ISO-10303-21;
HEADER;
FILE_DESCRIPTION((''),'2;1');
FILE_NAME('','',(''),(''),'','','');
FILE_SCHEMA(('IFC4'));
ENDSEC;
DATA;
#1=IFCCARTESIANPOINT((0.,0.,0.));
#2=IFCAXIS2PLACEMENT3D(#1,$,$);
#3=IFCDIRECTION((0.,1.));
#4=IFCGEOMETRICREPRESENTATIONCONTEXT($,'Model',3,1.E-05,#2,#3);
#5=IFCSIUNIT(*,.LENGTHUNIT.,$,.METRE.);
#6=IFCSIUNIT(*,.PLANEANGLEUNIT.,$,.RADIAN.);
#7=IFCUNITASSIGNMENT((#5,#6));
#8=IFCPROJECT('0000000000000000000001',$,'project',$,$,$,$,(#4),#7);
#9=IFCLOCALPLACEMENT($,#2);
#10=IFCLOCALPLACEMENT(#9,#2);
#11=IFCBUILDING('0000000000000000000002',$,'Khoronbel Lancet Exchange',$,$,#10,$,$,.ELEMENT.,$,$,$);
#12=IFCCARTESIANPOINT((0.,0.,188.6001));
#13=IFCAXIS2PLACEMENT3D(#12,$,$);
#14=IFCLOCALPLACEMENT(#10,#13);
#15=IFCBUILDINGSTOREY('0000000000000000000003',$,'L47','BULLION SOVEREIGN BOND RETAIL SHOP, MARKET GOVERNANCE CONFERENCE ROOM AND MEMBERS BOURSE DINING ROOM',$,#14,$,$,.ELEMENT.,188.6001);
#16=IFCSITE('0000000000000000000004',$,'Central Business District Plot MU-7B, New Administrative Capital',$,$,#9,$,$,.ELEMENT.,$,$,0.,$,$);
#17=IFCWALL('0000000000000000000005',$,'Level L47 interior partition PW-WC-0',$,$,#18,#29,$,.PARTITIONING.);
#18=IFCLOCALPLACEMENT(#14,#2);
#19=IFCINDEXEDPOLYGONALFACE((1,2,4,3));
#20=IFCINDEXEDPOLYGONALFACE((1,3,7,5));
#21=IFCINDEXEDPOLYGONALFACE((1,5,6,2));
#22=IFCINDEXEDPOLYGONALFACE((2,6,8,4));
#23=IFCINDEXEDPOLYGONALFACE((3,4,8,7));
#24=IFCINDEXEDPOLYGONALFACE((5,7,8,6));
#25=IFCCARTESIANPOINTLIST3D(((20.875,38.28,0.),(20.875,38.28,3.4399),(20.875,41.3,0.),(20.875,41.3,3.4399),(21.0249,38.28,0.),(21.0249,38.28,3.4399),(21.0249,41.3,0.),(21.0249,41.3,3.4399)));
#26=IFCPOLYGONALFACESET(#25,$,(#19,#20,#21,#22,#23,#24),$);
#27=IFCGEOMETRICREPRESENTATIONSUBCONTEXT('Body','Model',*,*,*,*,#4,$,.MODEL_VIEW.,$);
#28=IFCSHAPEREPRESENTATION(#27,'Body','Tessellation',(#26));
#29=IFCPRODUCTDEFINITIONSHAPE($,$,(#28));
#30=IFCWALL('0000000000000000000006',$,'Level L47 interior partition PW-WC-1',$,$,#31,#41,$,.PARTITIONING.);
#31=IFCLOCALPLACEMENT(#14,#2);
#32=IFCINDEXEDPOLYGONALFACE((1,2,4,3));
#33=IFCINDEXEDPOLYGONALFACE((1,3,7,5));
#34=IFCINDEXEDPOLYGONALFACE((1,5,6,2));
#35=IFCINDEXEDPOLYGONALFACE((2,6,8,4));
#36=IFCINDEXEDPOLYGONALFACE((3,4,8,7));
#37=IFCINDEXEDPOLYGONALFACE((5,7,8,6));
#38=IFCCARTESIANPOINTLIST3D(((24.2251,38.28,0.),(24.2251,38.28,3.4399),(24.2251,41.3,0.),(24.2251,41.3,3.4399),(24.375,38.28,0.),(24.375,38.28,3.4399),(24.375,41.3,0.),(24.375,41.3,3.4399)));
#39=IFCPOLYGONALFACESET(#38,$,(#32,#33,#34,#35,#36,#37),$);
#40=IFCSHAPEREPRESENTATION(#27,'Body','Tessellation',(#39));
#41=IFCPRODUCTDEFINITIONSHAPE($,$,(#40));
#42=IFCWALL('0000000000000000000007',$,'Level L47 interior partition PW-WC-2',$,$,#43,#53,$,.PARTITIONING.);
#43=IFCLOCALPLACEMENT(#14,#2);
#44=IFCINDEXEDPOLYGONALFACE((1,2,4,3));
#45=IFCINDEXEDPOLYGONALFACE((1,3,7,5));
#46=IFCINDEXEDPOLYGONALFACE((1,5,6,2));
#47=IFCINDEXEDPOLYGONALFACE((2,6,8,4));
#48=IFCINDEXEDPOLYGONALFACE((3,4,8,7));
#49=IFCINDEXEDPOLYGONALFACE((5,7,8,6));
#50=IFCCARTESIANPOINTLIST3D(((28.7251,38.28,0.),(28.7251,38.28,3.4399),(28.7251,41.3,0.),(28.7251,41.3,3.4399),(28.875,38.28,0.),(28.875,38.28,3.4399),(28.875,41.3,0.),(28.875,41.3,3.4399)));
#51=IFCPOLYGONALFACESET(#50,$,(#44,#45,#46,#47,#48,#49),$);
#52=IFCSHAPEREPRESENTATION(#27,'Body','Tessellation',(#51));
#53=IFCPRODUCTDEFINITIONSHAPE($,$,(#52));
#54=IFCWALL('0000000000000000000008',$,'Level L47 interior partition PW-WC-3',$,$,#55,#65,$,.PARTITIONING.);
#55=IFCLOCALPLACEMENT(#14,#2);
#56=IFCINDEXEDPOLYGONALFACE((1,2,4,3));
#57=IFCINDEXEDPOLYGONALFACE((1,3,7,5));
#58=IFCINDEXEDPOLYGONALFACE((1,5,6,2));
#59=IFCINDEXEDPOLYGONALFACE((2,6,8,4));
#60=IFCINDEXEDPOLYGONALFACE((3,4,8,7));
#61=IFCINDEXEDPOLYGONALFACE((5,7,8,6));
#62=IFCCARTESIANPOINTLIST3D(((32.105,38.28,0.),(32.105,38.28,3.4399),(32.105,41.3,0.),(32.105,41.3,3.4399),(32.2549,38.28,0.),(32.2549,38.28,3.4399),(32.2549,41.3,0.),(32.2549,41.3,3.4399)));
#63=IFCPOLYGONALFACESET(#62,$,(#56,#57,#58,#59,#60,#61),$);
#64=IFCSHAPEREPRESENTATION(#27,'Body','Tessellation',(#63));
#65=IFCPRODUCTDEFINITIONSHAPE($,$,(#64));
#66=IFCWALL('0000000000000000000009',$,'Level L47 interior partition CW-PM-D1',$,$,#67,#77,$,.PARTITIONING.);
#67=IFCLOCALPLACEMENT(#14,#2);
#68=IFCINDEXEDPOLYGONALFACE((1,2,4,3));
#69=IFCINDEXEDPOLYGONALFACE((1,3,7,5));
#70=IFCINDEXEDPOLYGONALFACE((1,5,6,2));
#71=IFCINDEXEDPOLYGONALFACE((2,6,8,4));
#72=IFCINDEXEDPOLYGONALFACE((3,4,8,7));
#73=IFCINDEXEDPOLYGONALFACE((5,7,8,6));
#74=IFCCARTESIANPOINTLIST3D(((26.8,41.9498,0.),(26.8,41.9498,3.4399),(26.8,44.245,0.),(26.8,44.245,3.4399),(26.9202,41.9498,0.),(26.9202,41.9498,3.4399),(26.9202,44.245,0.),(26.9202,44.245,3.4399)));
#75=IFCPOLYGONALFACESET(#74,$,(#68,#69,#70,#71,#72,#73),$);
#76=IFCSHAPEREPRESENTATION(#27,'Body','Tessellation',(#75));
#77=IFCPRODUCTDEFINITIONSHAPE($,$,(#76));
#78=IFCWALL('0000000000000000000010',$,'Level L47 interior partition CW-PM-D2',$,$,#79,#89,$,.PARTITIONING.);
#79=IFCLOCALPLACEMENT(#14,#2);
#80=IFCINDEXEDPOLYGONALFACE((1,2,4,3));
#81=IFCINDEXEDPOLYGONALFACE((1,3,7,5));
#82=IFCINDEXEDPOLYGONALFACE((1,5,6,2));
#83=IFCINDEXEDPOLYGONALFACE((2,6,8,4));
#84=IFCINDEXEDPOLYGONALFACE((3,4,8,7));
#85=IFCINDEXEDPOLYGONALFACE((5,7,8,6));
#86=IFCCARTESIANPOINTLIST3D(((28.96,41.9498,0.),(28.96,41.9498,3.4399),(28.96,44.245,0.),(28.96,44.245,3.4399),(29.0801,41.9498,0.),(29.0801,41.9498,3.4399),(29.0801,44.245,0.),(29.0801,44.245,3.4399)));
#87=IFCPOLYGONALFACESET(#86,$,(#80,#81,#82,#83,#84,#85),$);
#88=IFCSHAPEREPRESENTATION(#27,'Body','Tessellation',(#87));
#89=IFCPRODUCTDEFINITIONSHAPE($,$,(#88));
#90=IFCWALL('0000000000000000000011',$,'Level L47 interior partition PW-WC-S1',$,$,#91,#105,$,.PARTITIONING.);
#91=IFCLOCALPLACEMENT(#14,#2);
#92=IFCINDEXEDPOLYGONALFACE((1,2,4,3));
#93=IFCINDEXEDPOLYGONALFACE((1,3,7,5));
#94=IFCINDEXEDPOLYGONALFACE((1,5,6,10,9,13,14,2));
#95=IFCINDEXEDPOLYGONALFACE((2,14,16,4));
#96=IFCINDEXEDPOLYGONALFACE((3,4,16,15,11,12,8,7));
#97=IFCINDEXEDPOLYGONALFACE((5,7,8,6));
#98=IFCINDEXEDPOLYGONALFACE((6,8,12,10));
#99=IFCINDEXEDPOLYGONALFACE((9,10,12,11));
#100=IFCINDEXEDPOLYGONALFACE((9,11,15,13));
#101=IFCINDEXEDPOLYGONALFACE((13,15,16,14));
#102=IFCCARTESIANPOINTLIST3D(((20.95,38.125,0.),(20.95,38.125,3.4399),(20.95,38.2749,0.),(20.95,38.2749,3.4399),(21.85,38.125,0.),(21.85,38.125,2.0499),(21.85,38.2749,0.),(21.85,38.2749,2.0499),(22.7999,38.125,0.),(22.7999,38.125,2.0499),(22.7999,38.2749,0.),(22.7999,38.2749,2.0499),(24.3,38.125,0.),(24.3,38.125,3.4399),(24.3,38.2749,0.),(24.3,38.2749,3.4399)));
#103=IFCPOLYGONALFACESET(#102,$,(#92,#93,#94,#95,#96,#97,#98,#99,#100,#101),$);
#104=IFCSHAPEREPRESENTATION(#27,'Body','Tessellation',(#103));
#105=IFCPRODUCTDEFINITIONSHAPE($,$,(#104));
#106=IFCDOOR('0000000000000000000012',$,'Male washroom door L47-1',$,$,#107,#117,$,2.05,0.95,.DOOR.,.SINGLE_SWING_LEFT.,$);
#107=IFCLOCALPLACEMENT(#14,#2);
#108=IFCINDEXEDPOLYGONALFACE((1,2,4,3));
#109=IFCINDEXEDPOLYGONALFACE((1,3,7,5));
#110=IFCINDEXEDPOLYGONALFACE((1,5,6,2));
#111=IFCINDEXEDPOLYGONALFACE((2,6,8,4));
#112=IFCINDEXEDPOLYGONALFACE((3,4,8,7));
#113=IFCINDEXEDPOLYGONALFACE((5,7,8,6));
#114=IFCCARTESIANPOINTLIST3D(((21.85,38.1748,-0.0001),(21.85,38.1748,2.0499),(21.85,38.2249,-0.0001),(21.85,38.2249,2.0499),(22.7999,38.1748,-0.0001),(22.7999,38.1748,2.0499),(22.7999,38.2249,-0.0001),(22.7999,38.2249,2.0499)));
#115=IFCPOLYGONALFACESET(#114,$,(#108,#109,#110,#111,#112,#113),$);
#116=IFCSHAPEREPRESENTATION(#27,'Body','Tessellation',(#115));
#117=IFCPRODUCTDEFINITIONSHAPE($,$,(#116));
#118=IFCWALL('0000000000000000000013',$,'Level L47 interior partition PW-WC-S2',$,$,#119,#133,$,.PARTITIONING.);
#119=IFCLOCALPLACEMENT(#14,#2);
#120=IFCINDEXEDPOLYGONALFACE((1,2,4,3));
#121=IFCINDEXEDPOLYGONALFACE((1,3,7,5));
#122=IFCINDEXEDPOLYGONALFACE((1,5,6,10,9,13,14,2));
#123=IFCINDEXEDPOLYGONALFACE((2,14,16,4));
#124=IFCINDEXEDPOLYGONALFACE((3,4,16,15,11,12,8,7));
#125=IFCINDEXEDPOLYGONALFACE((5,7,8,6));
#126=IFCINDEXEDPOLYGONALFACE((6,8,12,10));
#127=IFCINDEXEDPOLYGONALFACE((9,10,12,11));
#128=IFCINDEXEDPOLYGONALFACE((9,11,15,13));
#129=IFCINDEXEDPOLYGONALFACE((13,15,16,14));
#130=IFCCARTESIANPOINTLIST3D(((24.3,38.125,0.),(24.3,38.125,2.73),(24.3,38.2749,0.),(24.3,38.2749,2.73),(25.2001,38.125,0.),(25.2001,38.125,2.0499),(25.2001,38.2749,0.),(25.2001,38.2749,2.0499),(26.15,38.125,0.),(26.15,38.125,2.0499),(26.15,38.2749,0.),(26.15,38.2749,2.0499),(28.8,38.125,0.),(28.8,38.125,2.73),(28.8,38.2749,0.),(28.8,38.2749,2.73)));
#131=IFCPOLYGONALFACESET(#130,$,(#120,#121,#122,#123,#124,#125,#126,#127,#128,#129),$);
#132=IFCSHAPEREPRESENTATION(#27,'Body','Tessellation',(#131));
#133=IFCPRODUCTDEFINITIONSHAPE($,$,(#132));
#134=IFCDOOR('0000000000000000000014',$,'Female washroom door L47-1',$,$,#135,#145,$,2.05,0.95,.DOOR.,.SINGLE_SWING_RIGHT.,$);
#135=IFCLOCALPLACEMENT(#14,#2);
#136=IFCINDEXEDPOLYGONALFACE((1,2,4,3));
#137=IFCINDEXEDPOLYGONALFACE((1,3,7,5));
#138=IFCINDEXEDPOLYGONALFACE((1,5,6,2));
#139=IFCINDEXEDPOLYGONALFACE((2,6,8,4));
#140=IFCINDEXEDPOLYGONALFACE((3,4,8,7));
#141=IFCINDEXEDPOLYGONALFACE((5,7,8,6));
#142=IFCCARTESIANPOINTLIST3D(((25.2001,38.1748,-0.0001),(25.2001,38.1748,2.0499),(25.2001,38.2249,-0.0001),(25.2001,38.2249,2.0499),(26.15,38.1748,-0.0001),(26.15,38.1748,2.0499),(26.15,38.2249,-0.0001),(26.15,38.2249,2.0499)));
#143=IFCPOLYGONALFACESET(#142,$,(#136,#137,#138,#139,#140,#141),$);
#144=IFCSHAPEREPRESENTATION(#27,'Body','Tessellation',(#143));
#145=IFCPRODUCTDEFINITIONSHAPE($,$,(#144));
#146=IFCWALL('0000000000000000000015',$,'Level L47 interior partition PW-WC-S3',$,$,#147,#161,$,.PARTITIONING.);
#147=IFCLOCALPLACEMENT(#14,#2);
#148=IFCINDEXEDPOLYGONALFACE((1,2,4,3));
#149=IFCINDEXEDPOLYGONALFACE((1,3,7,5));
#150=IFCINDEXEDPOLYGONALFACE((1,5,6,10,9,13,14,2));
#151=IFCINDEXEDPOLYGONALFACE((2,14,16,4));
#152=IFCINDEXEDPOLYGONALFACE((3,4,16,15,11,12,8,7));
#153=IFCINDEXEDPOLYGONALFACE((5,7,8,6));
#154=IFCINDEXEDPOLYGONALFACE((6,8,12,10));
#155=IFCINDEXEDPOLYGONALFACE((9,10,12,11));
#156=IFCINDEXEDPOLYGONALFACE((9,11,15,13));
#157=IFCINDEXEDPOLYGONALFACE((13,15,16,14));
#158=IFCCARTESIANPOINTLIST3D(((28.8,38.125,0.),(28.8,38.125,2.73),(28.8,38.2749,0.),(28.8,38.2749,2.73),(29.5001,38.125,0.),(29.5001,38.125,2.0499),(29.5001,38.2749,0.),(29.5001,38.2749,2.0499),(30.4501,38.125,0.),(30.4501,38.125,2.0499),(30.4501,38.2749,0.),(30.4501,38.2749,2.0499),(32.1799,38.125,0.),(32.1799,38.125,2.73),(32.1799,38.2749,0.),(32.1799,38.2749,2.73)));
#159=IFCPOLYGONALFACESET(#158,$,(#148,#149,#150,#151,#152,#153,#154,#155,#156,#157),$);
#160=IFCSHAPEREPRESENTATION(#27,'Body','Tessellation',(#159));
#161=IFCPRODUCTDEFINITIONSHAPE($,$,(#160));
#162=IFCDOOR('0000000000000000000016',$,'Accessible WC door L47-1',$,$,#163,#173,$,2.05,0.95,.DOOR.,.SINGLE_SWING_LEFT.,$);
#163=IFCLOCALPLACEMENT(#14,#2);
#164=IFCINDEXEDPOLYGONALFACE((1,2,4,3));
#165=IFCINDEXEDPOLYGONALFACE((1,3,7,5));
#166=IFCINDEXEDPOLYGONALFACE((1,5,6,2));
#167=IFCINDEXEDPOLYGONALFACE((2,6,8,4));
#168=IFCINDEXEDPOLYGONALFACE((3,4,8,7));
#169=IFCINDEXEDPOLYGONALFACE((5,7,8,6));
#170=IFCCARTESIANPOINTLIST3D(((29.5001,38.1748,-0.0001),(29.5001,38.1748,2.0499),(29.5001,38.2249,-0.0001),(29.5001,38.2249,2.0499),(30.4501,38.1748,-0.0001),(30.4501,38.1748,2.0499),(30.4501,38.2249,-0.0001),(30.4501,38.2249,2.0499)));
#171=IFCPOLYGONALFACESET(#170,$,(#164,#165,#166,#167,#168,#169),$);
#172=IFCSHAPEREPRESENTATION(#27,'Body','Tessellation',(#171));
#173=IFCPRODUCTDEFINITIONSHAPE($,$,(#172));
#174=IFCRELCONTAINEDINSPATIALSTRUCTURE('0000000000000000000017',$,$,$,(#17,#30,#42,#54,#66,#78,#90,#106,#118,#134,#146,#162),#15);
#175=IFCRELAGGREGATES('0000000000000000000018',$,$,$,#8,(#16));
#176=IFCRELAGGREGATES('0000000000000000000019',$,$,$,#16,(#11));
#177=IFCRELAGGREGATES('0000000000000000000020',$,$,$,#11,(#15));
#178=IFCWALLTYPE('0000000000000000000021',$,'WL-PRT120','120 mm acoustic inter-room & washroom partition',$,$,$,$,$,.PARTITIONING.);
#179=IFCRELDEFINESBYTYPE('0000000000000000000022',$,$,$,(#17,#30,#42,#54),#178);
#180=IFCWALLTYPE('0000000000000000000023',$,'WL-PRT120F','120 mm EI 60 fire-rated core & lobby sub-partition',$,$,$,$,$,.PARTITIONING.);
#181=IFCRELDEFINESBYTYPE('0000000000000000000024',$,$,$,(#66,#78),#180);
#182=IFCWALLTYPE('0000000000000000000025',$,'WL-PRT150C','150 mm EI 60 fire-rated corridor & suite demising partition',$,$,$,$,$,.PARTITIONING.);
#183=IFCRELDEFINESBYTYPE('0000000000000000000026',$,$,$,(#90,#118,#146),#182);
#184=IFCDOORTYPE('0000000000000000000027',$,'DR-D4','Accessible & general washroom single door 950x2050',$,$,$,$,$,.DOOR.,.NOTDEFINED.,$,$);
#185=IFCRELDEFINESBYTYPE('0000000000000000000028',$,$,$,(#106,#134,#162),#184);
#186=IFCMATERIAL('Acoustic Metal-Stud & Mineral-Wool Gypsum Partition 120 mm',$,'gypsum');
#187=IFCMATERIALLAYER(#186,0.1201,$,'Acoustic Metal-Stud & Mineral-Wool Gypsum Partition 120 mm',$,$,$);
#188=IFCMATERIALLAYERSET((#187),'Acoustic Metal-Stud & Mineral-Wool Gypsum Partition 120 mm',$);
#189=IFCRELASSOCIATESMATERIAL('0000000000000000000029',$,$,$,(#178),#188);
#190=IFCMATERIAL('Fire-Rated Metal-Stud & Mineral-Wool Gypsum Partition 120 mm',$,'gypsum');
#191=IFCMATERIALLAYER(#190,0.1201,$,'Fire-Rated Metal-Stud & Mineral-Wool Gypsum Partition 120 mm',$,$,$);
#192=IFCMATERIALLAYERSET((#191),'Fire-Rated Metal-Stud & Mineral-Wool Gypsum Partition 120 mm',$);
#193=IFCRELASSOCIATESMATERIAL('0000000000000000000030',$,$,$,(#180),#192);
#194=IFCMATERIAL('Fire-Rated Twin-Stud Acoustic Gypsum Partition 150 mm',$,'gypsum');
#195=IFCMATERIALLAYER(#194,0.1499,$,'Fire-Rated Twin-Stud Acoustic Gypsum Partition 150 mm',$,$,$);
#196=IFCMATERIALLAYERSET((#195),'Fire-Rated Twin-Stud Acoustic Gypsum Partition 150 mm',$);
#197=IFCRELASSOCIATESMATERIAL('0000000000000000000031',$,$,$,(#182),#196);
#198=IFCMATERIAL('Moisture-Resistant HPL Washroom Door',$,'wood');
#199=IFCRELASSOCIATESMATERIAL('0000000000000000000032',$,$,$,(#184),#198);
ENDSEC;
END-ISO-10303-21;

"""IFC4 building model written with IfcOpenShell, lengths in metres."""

from ifc_helpers import new_model, si_unit, direction, frame, frame_2d, origin, place, context, subcontext, project, spatial, rectangle, extrude, material, layer, layer_set, type_object, element, fill, save


model = new_model("IFC4")

# Units and contexts
model_context = context("Model", 3, precision=1e-05, world=origin(), true_north=direction((0.0, 1.0)))
body_context = subcontext(model_context, "Body", "Model", "MODEL_VIEW")
ifc_project = project(units=[si_unit("LENGTHUNIT", "METRE"), si_unit("PLANEANGLEUNIT", "RADIAN")], contexts=[model_context])

# Site, building, storey
site_placement = place(None, origin())
site = spatial("IfcSite", under=ifc_project, at=site_placement, Name="Central Business District Plot MU-7B, New Administrative Capital", CompositionType="ELEMENT", RefElevation=0.0)
building_placement = place(site_placement, origin())
building = spatial("IfcBuilding", under=site, at=building_placement, Name="Khoronbel Lancet Exchange", CompositionType="ELEMENT")
storey_placement = place(building_placement, frame((0.0, 0.0, 188.6001)))
storey = spatial("IfcBuildingStorey", under=building, at=storey_placement, Name="L47", Description="BULLION SOVEREIGN BOND RETAIL SHOP, MARKET GOVERNANCE CONFERENCE ROOM AND MEMBERS BOURSE DINING ROOM", CompositionType="ELEMENT", Elevation=188.6001)

# Walls
ifc_material_1 = material(Name="Acoustic Metal-Stud & Mineral-Wool Gypsum Partition 120 mm", Category="gypsum")
ifc_layer_1 = layer(ifc_material_1, 0.1201, Name="Acoustic Metal-Stud & Mineral-Wool Gypsum Partition 120 mm")
ifc_layer_set_1 = layer_set([ifc_layer_1], Name="Acoustic Metal-Stud & Mineral-Wool Gypsum Partition 120 mm")
wall_type_1 = type_object("IfcWallType", Name="WL-PRT120", Description="120 mm acoustic inter-room & washroom partition", PredefinedType="PARTITIONING", material=ifc_layer_set_1)
for number, where, z_axis, x_axis, name in (
    (1, (20.95, 38.28, 0.0), (0.0, 0.0, 1.0), (0.0, 1.0, 0.0), "Level L47 interior partition PW-WC-0"),
    (2, (24.3, 38.28, 0.0), (0.0, 0.0, 1.0), (0.0, 1.0, 0.0), "Level L47 interior partition PW-WC-1"),
    (3, (28.8, 38.28, 0.0), (0.0, 0.0, 1.0), (0.0, 1.0, 0.0), "Level L47 interior partition PW-WC-2"),
    (4, (32.1799, 38.28, 0.0), (0.0, 0.0, 1.0), (0.0, 1.0, 0.0), "Level L47 interior partition PW-WC-3"),
):
    element("IfcWall", number, at=place(storey_placement, frame(where, z_axis=z_axis, x_axis=x_axis)), inside=storey, type_object=wall_type_1, Name=name, PredefinedType="PARTITIONING", context=body_context, shape_type="SweptSolid", body=[
        extrude(rectangle(XDim=3.02, YDim=0.1499, at=frame_2d((1.51, 0.0))), origin(), (0.0, 0.0, 1.0), 3.4399),
    ])
ifc_material_2 = material(Name="Fire-Rated Metal-Stud & Mineral-Wool Gypsum Partition 120 mm", Category="gypsum")
ifc_layer_2 = layer(ifc_material_2, 0.1201, Name="Fire-Rated Metal-Stud & Mineral-Wool Gypsum Partition 120 mm")
ifc_layer_set_2 = layer_set([ifc_layer_2], Name="Fire-Rated Metal-Stud & Mineral-Wool Gypsum Partition 120 mm")
wall_type_2 = type_object("IfcWallType", Name="WL-PRT120F", Description="120 mm EI 60 fire-rated core & lobby sub-partition", PredefinedType="PARTITIONING", material=ifc_layer_set_2)
for number, where, z_axis, x_axis, name in (
    (5, (26.8601, 41.95, 0.0), (0.0, 0.0, 1.0), (0.0, 1.0, 0.0), "Level L47 interior partition CW-PM-D1"),
    (6, (29.02, 41.95, 0.0), (0.0, 0.0, 1.0), (0.0, 1.0, 0.0), "Level L47 interior partition CW-PM-D2"),
):
    element("IfcWall", number, at=place(storey_placement, frame(where, z_axis=z_axis, x_axis=x_axis)), inside=storey, type_object=wall_type_2, Name=name, PredefinedType="PARTITIONING", context=body_context, shape_type="SweptSolid", body=[
        extrude(rectangle(XDim=2.2952, YDim=0.1201, at=frame_2d((1.1475, 0.0))), origin(), (0.0, 0.0, 1.0), 3.4399),
    ])

# Walls, openings, doors
ifc_material_3 = material(Name="Fire-Rated Twin-Stud Acoustic Gypsum Partition 150 mm", Category="gypsum")
ifc_layer_3 = layer(ifc_material_3, 0.1499, Name="Fire-Rated Twin-Stud Acoustic Gypsum Partition 150 mm")
ifc_layer_set_3 = layer_set([ifc_layer_3], Name="Fire-Rated Twin-Stud Acoustic Gypsum Partition 150 mm")
wall_type_3 = type_object("IfcWallType", Name="WL-PRT150C", Description="150 mm EI 60 fire-rated corridor & suite demising partition", PredefinedType="PARTITIONING", material=ifc_layer_set_3)
wall_1_placement = place(storey_placement, frame((20.95, 38.2, 0.0), z_axis=(0.0, 0.0, 1.0), x_axis=(1.0, 0.0, 0.0)))
wall_1 = element("IfcWall", 7, at=wall_1_placement, inside=storey, type_object=wall_type_3, Name="Level L47 interior partition PW-WC-S1", PredefinedType="PARTITIONING", context=body_context, shape_type="SweptSolid", body=[
    extrude(rectangle(XDim=3.3501, YDim=0.1499, at=frame_2d((1.675, 0.0))), origin(), (0.0, 0.0, 1.0), 3.4399),
])
opening_1_placement = place(wall_1_placement, frame((0.8999, 0.0, 0.0)))
opening_1 = element("IfcOpeningElement", 8, at=opening_1_placement, cuts=wall_1, PredefinedType="OPENING", context=body_context, shape_type="SweptSolid", body=[
    extrude(rectangle(XDim=0.95, YDim=2.05, at=frame_2d((0.4751, 1.0249))), frame((0.0, 0.085, 0.0), z_axis=(0.0, -1.0, 0.0), x_axis=(1.0, 0.0, 0.0)), (0.0, 0.0, 1.0), 0.1699),
])
ifc_material_4 = material(Name="Moisture-Resistant HPL Washroom Door", Category="wood")
door_type_1 = type_object("IfcDoorType", Name="DR-D4", Description="Accessible & general washroom single door 950x2050", OperationType="NOTDEFINED", PredefinedType="DOOR", material=ifc_material_4)
door_1_placement = place(opening_1_placement, origin())
door_1 = element("IfcDoor", 9, at=door_1_placement, inside=storey, type_object=door_type_1, Name="Male washroom door L47-1", OperationType="SINGLE_SWING_LEFT", OverallHeight=2.05, OverallWidth=0.95, PredefinedType="DOOR", context=body_context, shape_type="SweptSolid", body=[
    extrude(rectangle(XDim=0.95, YDim=2.05, at=frame_2d((0.4751, 1.0249))), frame((0.0, 0.0249, 0.0), z_axis=(0.0, -1.0, 0.0), x_axis=(1.0, 0.0, 0.0)), (0.0, 0.0, 1.0), 0.05),
])
fill(opening_1, door_1)
wall_2_placement = place(storey_placement, frame((24.3, 38.2, 0.0), z_axis=(0.0, 0.0, 1.0), x_axis=(1.0, 0.0, 0.0)))
wall_2 = element("IfcWall", 10, at=wall_2_placement, inside=storey, type_object=wall_type_3, Name="Level L47 interior partition PW-WC-S2", PredefinedType="PARTITIONING", context=body_context, shape_type="SweptSolid", body=[
    extrude(rectangle(XDim=4.5, YDim=0.1499, at=frame_2d((2.25, 0.0))), origin(), (0.0, 0.0, 1.0), 2.73),
])
opening_2_placement = place(wall_2_placement, frame((0.8999, 0.0, 0.0)))
opening_2 = element("IfcOpeningElement", 11, at=opening_2_placement, cuts=wall_2, PredefinedType="OPENING", context=body_context, shape_type="SweptSolid", body=[
    extrude(rectangle(XDim=0.95, YDim=2.05, at=frame_2d((0.4751, 1.0249))), frame((0.0, 0.085, 0.0), z_axis=(0.0, -1.0, 0.0), x_axis=(1.0, 0.0, 0.0)), (0.0, 0.0, 1.0), 0.1699),
])
door_2_placement = place(opening_2_placement, origin())
door_2 = element("IfcDoor", 12, at=door_2_placement, inside=storey, type_object=door_type_1, Name="Female washroom door L47-1", OperationType="SINGLE_SWING_RIGHT", OverallHeight=2.05, OverallWidth=0.95, PredefinedType="DOOR", context=body_context, shape_type="SweptSolid", body=[
    extrude(rectangle(XDim=0.95, YDim=2.05, at=frame_2d((0.4751, 1.0249))), frame((0.0, 0.0249, 0.0), z_axis=(0.0, -1.0, 0.0), x_axis=(1.0, 0.0, 0.0)), (0.0, 0.0, 1.0), 0.05),
])
fill(opening_2, door_2)
wall_3_placement = place(storey_placement, frame((28.8, 38.2, 0.0), z_axis=(0.0, 0.0, 1.0), x_axis=(1.0, 0.0, 0.0)))
wall_3 = element("IfcWall", 13, at=wall_3_placement, inside=storey, type_object=wall_type_3, Name="Level L47 interior partition PW-WC-S3", PredefinedType="PARTITIONING", context=body_context, shape_type="SweptSolid", body=[
    extrude(rectangle(XDim=3.3799, YDim=0.1499, at=frame_2d((1.6899, 0.0))), origin(), (0.0, 0.0, 1.0), 2.73),
])
opening_3_placement = place(wall_3_placement, frame((0.7, 0.0, 0.0)))
opening_3 = element("IfcOpeningElement", 14, at=opening_3_placement, cuts=wall_3, PredefinedType="OPENING", context=body_context, shape_type="SweptSolid", body=[
    extrude(rectangle(XDim=0.95, YDim=2.05, at=frame_2d((0.4751, 1.0249))), frame((0.0, 0.085, 0.0), z_axis=(0.0, -1.0, 0.0), x_axis=(1.0, 0.0, 0.0)), (0.0, 0.0, 1.0), 0.1699),
])
door_3_placement = place(opening_3_placement, origin())
door_3 = element("IfcDoor", 15, at=door_3_placement, inside=storey, type_object=door_type_1, Name="Accessible WC door L47-1", OperationType="SINGLE_SWING_LEFT", OverallHeight=2.05, OverallWidth=0.95, PredefinedType="DOOR", context=body_context, shape_type="SweptSolid", body=[
    extrude(rectangle(XDim=0.95, YDim=2.05, at=frame_2d((0.4751, 1.0249))), frame((0.0, 0.0249, 0.0), z_axis=(0.0, -1.0, 0.0), x_axis=(1.0, 0.0, 0.0)), (0.0, 0.0, 1.0), 0.05),
])
fill(opening_3, door_3)

save(model, "model.ifc")
